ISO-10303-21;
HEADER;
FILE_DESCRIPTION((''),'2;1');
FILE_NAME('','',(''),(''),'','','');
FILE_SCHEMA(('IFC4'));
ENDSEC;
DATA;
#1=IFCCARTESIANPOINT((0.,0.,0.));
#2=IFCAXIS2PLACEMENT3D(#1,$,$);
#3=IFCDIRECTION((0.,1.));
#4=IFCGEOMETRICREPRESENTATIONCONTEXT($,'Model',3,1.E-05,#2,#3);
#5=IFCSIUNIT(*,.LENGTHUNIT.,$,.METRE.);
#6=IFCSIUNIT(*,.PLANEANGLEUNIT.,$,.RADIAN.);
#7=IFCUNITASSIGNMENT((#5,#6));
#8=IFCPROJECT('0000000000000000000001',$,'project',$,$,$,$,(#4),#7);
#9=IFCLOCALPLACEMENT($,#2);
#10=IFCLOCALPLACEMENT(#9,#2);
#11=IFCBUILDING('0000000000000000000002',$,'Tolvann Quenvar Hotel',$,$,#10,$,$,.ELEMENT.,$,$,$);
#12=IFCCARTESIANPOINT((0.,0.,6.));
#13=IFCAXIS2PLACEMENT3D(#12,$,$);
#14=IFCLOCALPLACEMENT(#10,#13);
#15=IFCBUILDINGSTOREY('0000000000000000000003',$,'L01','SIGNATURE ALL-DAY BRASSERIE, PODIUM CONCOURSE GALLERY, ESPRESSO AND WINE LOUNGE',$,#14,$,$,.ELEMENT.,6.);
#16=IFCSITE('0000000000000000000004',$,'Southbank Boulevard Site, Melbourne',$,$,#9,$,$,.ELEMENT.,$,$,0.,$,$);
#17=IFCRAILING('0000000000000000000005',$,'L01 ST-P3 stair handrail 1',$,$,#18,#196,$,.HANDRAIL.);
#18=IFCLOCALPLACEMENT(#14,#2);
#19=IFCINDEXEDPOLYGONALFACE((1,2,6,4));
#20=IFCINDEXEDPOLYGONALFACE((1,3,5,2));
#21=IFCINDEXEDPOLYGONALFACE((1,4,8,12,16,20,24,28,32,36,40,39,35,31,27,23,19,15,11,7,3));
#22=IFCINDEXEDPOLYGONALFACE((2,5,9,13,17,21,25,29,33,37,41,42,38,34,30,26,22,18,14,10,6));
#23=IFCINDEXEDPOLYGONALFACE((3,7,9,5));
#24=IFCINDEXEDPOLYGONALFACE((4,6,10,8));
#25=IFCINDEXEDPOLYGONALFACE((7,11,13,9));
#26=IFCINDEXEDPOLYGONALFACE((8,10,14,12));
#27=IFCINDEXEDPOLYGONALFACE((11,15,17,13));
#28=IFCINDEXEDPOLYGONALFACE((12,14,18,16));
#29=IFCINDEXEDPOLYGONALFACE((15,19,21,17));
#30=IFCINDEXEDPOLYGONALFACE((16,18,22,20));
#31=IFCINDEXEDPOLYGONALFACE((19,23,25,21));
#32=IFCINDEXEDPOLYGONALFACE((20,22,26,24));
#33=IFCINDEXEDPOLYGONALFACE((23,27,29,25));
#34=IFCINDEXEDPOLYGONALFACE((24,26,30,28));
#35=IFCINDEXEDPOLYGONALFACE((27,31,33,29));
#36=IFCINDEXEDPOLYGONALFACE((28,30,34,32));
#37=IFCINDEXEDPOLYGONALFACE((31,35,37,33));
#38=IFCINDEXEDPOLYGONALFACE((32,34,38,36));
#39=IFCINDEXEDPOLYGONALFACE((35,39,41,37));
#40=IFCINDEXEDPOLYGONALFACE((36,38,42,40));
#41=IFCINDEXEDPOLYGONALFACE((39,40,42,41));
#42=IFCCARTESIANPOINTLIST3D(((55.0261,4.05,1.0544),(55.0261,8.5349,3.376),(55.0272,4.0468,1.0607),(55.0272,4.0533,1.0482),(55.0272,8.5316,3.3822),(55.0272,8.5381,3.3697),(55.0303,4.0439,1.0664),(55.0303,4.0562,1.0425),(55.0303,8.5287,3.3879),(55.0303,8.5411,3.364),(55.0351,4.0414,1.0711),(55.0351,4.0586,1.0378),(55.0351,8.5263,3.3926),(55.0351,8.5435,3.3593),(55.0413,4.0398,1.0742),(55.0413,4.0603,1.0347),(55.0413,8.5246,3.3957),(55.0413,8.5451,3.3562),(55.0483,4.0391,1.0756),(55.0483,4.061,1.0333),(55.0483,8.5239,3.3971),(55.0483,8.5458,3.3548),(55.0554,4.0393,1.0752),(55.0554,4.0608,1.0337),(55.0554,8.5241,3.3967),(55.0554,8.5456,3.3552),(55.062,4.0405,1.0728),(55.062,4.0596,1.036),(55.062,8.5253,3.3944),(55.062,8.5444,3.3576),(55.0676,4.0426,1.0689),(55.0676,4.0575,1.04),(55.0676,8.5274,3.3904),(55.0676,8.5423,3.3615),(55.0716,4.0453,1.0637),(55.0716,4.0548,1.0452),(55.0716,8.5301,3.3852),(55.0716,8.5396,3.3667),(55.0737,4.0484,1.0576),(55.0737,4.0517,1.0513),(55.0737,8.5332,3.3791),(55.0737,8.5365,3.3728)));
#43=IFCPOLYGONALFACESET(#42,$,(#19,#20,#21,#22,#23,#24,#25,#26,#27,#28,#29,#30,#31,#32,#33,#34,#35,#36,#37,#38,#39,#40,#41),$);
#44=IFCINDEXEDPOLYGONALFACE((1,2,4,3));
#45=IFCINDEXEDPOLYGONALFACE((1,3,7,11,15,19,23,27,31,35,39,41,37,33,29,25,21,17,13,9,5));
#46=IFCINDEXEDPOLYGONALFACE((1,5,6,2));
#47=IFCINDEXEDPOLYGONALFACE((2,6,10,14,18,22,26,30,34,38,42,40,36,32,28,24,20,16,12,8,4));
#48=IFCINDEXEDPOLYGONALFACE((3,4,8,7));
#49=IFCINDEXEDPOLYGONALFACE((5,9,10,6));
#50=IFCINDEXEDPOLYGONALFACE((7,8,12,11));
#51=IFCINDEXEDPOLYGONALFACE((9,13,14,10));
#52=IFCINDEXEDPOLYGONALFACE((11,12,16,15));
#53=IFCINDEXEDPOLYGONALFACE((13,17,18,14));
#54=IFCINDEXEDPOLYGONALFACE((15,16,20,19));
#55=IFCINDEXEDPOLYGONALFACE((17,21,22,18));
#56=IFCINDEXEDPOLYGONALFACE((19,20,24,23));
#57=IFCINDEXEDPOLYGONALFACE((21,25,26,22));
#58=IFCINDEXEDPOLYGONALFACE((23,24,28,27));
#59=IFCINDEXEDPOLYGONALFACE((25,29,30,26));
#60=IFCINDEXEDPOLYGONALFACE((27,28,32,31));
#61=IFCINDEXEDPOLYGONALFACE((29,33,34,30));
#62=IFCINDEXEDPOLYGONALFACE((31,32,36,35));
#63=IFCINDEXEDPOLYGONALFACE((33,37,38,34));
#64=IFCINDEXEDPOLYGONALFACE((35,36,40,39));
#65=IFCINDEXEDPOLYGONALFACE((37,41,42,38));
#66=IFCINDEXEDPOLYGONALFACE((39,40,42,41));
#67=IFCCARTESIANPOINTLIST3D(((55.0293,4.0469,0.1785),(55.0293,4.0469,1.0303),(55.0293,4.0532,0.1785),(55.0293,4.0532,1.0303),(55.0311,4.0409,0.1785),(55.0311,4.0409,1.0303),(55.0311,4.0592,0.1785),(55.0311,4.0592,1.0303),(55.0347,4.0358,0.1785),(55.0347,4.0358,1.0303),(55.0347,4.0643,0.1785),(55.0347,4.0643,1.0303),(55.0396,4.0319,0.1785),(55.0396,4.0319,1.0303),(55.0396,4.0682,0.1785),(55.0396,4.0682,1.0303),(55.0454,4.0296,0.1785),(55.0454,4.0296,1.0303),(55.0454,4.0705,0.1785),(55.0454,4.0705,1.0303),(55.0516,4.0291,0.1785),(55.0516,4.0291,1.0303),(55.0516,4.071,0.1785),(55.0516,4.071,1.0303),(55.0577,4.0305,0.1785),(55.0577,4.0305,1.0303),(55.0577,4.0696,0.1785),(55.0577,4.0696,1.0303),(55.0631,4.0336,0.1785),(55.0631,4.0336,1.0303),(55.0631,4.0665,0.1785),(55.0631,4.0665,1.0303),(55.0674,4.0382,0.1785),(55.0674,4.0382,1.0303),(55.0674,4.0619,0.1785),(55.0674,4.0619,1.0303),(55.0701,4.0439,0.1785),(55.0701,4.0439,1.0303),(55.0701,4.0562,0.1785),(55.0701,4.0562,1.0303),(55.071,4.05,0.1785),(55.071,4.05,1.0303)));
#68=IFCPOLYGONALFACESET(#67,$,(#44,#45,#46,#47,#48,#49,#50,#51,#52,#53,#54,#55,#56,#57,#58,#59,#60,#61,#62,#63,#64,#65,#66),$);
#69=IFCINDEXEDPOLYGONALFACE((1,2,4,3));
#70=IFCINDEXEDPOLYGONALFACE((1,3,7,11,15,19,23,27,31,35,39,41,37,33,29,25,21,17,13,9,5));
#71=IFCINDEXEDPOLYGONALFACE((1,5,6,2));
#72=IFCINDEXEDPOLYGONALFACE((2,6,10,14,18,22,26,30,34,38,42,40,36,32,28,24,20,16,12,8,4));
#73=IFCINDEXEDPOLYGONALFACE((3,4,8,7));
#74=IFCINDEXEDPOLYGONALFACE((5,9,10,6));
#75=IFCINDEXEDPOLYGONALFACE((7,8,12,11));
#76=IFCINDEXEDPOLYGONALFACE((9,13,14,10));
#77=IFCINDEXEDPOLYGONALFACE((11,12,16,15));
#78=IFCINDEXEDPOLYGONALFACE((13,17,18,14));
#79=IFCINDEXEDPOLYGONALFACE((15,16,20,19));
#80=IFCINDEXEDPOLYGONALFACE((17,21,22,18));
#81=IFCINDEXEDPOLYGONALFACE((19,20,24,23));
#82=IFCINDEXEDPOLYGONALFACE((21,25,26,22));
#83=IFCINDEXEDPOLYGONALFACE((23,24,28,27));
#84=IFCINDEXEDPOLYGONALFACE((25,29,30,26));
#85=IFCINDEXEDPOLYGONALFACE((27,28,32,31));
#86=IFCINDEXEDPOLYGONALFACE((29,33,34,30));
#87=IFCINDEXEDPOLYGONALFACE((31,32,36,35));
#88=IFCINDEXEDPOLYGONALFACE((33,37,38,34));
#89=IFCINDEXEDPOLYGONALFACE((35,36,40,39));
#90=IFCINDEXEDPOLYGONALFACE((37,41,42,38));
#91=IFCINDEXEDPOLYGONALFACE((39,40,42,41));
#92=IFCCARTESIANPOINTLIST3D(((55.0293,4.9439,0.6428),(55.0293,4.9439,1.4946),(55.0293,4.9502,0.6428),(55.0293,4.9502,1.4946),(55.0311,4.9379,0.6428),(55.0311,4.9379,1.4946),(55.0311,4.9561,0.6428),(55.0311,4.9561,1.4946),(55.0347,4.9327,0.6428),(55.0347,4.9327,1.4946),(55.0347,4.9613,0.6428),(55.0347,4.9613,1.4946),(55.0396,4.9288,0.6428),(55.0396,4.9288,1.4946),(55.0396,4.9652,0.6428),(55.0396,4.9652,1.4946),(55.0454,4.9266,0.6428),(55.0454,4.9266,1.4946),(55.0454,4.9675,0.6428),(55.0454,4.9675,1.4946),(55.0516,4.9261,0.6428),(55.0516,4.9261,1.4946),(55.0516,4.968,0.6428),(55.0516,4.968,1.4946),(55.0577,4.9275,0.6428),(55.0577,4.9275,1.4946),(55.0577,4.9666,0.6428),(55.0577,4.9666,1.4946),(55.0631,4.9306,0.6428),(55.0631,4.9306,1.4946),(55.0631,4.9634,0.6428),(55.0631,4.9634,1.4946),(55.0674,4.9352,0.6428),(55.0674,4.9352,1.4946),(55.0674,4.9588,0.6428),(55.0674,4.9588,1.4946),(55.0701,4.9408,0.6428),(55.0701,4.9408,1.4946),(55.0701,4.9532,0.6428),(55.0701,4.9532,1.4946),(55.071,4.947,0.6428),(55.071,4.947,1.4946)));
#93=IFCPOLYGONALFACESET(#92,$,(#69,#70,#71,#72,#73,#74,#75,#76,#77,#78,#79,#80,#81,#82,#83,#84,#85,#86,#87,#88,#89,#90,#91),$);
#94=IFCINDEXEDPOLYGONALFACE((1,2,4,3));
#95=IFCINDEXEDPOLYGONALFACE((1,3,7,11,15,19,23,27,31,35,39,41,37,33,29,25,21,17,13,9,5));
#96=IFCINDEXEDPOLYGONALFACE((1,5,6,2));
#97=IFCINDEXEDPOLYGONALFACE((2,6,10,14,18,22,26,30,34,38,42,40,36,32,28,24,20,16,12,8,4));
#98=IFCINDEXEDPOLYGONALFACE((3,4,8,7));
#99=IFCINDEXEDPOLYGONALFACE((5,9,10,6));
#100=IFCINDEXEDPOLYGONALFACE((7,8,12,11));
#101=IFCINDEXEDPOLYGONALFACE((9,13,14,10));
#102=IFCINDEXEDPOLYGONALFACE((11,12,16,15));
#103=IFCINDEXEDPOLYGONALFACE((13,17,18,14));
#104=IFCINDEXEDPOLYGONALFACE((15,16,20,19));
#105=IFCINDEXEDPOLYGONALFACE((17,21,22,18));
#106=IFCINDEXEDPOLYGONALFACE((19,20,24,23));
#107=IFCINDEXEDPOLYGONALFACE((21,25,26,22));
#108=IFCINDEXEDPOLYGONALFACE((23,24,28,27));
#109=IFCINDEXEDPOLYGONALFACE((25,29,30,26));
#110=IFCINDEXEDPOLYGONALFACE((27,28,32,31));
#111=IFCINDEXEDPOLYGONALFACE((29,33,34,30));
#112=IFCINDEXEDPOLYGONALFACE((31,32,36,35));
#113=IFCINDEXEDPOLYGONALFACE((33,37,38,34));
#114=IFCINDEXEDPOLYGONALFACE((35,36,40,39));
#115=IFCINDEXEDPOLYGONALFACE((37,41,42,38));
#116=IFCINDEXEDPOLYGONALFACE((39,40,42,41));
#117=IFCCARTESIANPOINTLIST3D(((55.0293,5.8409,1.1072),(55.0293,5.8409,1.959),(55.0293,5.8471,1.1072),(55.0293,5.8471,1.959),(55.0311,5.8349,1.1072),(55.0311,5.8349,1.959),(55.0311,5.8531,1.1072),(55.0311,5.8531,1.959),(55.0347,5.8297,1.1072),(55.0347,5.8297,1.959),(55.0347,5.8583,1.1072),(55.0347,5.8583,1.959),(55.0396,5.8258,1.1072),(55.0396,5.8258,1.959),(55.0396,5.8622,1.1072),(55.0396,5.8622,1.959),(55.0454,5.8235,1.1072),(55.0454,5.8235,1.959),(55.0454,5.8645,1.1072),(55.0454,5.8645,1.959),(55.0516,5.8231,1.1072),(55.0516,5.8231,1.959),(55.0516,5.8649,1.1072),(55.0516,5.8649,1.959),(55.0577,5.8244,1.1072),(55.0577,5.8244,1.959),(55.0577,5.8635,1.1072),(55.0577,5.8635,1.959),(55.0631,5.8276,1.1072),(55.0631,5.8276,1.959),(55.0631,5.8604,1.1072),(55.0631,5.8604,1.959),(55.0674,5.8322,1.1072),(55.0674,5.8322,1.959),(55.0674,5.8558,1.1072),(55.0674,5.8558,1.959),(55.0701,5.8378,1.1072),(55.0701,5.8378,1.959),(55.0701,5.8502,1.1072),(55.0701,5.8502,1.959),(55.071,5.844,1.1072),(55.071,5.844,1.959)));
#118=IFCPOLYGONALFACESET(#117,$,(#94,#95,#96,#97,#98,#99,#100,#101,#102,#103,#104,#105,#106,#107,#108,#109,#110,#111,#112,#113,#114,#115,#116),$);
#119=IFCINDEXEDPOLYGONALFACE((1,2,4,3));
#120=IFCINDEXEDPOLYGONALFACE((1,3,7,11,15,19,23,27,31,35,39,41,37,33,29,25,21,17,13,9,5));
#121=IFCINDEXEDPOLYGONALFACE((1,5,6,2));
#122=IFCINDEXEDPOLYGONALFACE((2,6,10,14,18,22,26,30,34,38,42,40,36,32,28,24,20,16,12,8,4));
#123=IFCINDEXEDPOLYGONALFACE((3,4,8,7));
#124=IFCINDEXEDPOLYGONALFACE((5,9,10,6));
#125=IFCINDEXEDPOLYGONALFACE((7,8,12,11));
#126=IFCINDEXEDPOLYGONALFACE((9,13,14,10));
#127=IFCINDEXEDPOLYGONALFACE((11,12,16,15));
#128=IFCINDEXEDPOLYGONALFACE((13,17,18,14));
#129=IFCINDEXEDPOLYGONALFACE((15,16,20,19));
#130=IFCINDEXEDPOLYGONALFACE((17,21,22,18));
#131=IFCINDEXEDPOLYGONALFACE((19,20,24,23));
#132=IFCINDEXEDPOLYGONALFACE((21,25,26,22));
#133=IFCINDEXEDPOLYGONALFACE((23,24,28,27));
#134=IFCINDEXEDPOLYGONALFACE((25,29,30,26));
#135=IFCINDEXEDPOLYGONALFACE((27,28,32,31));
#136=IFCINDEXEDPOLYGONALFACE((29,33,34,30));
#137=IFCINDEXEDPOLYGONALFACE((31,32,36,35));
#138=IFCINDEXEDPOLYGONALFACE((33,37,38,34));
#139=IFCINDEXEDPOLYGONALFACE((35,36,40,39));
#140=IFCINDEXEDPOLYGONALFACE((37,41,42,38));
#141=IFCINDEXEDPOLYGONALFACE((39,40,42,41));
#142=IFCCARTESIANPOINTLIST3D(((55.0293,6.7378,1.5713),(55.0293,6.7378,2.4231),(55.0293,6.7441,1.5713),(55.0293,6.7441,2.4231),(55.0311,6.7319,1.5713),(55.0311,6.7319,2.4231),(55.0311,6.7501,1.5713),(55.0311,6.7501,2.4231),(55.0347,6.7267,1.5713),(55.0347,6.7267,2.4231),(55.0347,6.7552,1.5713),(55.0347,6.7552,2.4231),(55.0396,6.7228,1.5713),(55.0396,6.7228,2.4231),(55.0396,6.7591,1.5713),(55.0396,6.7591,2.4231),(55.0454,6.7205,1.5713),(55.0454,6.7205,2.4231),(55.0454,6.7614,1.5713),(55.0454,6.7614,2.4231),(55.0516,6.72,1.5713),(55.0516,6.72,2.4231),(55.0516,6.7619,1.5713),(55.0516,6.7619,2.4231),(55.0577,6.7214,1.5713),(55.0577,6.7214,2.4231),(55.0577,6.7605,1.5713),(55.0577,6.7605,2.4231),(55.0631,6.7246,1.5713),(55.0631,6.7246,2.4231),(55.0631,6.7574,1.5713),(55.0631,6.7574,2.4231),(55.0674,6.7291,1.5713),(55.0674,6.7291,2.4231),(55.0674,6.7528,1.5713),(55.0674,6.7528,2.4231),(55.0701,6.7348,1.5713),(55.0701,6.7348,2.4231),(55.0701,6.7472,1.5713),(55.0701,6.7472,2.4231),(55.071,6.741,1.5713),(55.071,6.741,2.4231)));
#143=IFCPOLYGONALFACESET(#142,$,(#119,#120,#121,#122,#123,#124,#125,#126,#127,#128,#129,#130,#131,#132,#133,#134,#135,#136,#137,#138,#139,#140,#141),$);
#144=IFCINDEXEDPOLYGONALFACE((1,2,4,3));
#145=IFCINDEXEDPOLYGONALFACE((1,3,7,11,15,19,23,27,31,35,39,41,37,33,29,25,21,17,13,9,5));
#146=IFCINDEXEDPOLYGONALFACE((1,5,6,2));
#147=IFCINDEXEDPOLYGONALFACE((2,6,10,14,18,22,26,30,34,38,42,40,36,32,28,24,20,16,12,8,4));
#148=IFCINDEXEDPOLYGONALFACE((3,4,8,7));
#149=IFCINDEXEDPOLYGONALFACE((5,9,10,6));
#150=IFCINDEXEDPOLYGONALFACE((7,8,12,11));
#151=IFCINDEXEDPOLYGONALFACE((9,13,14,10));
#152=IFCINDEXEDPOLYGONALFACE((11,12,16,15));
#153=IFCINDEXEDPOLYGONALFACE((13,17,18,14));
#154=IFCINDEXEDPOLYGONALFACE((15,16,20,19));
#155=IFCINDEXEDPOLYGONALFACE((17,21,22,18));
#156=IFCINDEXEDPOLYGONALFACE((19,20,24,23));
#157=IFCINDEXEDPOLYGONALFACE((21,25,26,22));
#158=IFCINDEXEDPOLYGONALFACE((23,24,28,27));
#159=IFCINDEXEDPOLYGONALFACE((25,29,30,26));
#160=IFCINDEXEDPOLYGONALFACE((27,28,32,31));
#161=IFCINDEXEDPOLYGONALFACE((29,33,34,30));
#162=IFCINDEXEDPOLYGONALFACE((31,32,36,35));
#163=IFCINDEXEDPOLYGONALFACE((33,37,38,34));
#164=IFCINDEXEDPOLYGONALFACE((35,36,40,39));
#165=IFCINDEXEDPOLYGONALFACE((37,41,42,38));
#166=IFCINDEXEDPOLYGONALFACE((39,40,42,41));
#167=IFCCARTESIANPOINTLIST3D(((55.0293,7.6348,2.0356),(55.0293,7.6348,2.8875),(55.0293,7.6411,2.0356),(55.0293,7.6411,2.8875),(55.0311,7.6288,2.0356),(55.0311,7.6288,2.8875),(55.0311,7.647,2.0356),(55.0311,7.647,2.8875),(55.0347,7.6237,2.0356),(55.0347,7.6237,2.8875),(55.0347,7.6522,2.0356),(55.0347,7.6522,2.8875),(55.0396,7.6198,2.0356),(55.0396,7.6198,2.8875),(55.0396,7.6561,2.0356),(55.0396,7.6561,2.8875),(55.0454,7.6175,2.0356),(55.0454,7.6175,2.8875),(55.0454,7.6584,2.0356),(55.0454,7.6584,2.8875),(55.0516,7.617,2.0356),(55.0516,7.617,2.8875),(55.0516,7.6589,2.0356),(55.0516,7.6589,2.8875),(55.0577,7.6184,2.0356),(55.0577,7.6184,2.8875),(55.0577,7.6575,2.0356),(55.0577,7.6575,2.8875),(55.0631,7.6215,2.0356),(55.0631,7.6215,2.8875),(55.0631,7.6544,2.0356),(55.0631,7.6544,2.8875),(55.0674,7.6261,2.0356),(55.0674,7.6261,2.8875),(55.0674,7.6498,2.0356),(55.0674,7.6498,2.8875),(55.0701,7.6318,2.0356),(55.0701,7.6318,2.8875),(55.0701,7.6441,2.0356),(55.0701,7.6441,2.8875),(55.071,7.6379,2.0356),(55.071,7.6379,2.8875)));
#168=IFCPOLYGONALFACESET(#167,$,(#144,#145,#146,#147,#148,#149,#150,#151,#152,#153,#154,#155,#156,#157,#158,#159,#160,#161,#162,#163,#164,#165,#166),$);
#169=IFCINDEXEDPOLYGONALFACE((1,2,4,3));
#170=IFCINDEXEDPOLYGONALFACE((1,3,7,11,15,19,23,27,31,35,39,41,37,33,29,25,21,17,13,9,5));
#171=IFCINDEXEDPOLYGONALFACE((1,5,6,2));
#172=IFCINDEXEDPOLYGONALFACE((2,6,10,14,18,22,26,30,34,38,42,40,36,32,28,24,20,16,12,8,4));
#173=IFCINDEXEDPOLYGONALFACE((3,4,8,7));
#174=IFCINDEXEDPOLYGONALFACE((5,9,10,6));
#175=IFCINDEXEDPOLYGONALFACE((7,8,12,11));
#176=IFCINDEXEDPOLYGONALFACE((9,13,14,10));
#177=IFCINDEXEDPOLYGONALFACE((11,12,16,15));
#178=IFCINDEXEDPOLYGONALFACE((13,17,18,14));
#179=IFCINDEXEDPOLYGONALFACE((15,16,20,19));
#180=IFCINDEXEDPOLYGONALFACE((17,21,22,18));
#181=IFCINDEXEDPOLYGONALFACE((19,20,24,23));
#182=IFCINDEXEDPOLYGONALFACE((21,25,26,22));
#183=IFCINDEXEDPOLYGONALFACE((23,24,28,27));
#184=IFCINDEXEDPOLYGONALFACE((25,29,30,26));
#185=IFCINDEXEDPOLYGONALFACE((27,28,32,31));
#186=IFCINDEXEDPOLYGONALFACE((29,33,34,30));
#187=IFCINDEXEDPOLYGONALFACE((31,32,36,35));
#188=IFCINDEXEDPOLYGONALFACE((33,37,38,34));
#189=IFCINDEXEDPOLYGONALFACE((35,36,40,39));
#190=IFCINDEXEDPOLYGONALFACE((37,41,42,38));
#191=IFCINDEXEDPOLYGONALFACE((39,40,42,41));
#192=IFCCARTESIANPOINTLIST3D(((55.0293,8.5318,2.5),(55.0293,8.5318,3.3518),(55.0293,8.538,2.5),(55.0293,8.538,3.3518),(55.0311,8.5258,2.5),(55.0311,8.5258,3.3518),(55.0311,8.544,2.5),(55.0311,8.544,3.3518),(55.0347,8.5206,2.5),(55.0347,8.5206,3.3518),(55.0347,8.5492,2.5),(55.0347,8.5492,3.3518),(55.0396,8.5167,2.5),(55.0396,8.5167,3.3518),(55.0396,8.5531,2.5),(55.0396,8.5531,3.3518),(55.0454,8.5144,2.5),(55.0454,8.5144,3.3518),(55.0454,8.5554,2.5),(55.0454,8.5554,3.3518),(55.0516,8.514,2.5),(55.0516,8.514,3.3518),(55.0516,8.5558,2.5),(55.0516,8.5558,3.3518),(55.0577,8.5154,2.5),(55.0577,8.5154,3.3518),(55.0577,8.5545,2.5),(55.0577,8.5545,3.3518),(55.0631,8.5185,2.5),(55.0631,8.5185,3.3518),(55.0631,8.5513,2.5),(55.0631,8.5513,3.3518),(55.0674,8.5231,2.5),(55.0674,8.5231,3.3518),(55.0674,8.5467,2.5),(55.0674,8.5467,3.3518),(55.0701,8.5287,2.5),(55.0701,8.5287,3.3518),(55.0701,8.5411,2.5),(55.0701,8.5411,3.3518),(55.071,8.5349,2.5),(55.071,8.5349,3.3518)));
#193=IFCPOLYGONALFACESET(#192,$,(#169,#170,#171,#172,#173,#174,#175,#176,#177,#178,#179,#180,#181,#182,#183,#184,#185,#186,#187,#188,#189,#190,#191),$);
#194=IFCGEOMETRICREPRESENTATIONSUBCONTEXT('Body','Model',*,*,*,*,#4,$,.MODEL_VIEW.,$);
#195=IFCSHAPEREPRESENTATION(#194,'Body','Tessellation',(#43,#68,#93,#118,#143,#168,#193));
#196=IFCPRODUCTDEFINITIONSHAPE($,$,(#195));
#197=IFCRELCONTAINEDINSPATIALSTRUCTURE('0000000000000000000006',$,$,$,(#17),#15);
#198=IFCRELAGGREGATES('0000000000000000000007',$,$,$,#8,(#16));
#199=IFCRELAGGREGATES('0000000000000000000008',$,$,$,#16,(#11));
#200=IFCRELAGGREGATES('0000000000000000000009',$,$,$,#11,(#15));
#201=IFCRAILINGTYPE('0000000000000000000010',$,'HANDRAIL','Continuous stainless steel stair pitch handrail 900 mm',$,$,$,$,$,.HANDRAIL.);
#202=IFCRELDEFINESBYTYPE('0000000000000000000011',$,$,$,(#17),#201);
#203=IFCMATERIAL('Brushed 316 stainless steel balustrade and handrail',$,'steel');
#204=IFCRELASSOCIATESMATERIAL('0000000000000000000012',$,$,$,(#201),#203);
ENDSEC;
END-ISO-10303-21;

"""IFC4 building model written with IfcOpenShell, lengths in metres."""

from ifc_helpers import new_model, si_unit, direction, frame, origin, origin_2d, place, context, subcontext, project, spatial, circle, extrude, material, type_object, element, save


model = new_model("IFC4")

# Units and contexts
model_context = context("Model", 3, precision=1e-05, world=origin(), true_north=direction((0.0, 1.0)))
body_context = subcontext(model_context, "Body", "Model", "MODEL_VIEW")
ifc_project = project(units=[si_unit("LENGTHUNIT", "METRE"), si_unit("PLANEANGLEUNIT", "RADIAN")], contexts=[model_context])

# Site, building, storey
site_placement = place(None, origin())
site = spatial("IfcSite", under=ifc_project, at=site_placement, Name="Southbank Boulevard Site, Melbourne", CompositionType="ELEMENT", RefElevation=0.0)
building_placement = place(site_placement, origin())
building = spatial("IfcBuilding", under=site, at=building_placement, Name="Tolvann Quenvar Hotel", CompositionType="ELEMENT")
storey_placement = place(building_placement, frame((0.0, 0.0, 6.0)))
storey = spatial("IfcBuildingStorey", under=building, at=storey_placement, Name="L01", Description="SIGNATURE ALL-DAY BRASSERIE, PODIUM CONCOURSE GALLERY, ESPRESSO AND WINE LOUNGE", CompositionType="ELEMENT", Elevation=6.0)

# Railing
ifc_material_1 = material(Name="Brushed 316 stainless steel balustrade and handrail", Category="steel")
railing_type_1 = type_object("IfcRailingType", Name="HANDRAIL", Description="Continuous stainless steel stair pitch handrail 900 mm", PredefinedType="HANDRAIL", material=ifc_material_1)
railing_1_placement = place(storey_placement, frame((55.05, 4.05, 0.1785)))
element("IfcRailing", 1, at=railing_1_placement, inside=storey, type_object=railing_type_1, Name="L01 ST-P3 stair handrail 1", PredefinedType="HANDRAIL", context=body_context, shape_type="SweptSolid", body=[
    extrude(circle(Radius=0.0239, at=origin_2d()), frame((0.0, 0.0, 0.876), z_axis=(0.0, 0.888074, 0.4597), x_axis=(-1.0, 0.0, 0.0)), (0.0, 0.0, 1.0), 5.05),
    extrude(circle(Radius=0.021, at=origin_2d()), origin(), (0.0, 0.0, 1.0), 0.8518),
    extrude(circle(Radius=0.021, at=origin_2d()), frame((0.0, 0.897, 0.4644)), (0.0, 0.0, 1.0), 0.8518),
    extrude(circle(Radius=0.021, at=origin_2d()), frame((0.0, 1.7939, 0.9287)), (0.0, 0.0, 1.0), 0.8518),
    extrude(circle(Radius=0.021, at=origin_2d()), frame((0.0, 2.6909, 1.3928)), (0.0, 0.0, 1.0), 0.8518),
    extrude(circle(Radius=0.021, at=origin_2d()), frame((0.0, 3.5879, 1.8572)), (0.0, 0.0, 1.0), 0.8518),
    extrude(circle(Radius=0.021, at=origin_2d()), frame((0.0, 4.4849, 2.3215)), (0.0, 0.0, 1.0), 0.8518),
])

save(model, "model.ifc")
